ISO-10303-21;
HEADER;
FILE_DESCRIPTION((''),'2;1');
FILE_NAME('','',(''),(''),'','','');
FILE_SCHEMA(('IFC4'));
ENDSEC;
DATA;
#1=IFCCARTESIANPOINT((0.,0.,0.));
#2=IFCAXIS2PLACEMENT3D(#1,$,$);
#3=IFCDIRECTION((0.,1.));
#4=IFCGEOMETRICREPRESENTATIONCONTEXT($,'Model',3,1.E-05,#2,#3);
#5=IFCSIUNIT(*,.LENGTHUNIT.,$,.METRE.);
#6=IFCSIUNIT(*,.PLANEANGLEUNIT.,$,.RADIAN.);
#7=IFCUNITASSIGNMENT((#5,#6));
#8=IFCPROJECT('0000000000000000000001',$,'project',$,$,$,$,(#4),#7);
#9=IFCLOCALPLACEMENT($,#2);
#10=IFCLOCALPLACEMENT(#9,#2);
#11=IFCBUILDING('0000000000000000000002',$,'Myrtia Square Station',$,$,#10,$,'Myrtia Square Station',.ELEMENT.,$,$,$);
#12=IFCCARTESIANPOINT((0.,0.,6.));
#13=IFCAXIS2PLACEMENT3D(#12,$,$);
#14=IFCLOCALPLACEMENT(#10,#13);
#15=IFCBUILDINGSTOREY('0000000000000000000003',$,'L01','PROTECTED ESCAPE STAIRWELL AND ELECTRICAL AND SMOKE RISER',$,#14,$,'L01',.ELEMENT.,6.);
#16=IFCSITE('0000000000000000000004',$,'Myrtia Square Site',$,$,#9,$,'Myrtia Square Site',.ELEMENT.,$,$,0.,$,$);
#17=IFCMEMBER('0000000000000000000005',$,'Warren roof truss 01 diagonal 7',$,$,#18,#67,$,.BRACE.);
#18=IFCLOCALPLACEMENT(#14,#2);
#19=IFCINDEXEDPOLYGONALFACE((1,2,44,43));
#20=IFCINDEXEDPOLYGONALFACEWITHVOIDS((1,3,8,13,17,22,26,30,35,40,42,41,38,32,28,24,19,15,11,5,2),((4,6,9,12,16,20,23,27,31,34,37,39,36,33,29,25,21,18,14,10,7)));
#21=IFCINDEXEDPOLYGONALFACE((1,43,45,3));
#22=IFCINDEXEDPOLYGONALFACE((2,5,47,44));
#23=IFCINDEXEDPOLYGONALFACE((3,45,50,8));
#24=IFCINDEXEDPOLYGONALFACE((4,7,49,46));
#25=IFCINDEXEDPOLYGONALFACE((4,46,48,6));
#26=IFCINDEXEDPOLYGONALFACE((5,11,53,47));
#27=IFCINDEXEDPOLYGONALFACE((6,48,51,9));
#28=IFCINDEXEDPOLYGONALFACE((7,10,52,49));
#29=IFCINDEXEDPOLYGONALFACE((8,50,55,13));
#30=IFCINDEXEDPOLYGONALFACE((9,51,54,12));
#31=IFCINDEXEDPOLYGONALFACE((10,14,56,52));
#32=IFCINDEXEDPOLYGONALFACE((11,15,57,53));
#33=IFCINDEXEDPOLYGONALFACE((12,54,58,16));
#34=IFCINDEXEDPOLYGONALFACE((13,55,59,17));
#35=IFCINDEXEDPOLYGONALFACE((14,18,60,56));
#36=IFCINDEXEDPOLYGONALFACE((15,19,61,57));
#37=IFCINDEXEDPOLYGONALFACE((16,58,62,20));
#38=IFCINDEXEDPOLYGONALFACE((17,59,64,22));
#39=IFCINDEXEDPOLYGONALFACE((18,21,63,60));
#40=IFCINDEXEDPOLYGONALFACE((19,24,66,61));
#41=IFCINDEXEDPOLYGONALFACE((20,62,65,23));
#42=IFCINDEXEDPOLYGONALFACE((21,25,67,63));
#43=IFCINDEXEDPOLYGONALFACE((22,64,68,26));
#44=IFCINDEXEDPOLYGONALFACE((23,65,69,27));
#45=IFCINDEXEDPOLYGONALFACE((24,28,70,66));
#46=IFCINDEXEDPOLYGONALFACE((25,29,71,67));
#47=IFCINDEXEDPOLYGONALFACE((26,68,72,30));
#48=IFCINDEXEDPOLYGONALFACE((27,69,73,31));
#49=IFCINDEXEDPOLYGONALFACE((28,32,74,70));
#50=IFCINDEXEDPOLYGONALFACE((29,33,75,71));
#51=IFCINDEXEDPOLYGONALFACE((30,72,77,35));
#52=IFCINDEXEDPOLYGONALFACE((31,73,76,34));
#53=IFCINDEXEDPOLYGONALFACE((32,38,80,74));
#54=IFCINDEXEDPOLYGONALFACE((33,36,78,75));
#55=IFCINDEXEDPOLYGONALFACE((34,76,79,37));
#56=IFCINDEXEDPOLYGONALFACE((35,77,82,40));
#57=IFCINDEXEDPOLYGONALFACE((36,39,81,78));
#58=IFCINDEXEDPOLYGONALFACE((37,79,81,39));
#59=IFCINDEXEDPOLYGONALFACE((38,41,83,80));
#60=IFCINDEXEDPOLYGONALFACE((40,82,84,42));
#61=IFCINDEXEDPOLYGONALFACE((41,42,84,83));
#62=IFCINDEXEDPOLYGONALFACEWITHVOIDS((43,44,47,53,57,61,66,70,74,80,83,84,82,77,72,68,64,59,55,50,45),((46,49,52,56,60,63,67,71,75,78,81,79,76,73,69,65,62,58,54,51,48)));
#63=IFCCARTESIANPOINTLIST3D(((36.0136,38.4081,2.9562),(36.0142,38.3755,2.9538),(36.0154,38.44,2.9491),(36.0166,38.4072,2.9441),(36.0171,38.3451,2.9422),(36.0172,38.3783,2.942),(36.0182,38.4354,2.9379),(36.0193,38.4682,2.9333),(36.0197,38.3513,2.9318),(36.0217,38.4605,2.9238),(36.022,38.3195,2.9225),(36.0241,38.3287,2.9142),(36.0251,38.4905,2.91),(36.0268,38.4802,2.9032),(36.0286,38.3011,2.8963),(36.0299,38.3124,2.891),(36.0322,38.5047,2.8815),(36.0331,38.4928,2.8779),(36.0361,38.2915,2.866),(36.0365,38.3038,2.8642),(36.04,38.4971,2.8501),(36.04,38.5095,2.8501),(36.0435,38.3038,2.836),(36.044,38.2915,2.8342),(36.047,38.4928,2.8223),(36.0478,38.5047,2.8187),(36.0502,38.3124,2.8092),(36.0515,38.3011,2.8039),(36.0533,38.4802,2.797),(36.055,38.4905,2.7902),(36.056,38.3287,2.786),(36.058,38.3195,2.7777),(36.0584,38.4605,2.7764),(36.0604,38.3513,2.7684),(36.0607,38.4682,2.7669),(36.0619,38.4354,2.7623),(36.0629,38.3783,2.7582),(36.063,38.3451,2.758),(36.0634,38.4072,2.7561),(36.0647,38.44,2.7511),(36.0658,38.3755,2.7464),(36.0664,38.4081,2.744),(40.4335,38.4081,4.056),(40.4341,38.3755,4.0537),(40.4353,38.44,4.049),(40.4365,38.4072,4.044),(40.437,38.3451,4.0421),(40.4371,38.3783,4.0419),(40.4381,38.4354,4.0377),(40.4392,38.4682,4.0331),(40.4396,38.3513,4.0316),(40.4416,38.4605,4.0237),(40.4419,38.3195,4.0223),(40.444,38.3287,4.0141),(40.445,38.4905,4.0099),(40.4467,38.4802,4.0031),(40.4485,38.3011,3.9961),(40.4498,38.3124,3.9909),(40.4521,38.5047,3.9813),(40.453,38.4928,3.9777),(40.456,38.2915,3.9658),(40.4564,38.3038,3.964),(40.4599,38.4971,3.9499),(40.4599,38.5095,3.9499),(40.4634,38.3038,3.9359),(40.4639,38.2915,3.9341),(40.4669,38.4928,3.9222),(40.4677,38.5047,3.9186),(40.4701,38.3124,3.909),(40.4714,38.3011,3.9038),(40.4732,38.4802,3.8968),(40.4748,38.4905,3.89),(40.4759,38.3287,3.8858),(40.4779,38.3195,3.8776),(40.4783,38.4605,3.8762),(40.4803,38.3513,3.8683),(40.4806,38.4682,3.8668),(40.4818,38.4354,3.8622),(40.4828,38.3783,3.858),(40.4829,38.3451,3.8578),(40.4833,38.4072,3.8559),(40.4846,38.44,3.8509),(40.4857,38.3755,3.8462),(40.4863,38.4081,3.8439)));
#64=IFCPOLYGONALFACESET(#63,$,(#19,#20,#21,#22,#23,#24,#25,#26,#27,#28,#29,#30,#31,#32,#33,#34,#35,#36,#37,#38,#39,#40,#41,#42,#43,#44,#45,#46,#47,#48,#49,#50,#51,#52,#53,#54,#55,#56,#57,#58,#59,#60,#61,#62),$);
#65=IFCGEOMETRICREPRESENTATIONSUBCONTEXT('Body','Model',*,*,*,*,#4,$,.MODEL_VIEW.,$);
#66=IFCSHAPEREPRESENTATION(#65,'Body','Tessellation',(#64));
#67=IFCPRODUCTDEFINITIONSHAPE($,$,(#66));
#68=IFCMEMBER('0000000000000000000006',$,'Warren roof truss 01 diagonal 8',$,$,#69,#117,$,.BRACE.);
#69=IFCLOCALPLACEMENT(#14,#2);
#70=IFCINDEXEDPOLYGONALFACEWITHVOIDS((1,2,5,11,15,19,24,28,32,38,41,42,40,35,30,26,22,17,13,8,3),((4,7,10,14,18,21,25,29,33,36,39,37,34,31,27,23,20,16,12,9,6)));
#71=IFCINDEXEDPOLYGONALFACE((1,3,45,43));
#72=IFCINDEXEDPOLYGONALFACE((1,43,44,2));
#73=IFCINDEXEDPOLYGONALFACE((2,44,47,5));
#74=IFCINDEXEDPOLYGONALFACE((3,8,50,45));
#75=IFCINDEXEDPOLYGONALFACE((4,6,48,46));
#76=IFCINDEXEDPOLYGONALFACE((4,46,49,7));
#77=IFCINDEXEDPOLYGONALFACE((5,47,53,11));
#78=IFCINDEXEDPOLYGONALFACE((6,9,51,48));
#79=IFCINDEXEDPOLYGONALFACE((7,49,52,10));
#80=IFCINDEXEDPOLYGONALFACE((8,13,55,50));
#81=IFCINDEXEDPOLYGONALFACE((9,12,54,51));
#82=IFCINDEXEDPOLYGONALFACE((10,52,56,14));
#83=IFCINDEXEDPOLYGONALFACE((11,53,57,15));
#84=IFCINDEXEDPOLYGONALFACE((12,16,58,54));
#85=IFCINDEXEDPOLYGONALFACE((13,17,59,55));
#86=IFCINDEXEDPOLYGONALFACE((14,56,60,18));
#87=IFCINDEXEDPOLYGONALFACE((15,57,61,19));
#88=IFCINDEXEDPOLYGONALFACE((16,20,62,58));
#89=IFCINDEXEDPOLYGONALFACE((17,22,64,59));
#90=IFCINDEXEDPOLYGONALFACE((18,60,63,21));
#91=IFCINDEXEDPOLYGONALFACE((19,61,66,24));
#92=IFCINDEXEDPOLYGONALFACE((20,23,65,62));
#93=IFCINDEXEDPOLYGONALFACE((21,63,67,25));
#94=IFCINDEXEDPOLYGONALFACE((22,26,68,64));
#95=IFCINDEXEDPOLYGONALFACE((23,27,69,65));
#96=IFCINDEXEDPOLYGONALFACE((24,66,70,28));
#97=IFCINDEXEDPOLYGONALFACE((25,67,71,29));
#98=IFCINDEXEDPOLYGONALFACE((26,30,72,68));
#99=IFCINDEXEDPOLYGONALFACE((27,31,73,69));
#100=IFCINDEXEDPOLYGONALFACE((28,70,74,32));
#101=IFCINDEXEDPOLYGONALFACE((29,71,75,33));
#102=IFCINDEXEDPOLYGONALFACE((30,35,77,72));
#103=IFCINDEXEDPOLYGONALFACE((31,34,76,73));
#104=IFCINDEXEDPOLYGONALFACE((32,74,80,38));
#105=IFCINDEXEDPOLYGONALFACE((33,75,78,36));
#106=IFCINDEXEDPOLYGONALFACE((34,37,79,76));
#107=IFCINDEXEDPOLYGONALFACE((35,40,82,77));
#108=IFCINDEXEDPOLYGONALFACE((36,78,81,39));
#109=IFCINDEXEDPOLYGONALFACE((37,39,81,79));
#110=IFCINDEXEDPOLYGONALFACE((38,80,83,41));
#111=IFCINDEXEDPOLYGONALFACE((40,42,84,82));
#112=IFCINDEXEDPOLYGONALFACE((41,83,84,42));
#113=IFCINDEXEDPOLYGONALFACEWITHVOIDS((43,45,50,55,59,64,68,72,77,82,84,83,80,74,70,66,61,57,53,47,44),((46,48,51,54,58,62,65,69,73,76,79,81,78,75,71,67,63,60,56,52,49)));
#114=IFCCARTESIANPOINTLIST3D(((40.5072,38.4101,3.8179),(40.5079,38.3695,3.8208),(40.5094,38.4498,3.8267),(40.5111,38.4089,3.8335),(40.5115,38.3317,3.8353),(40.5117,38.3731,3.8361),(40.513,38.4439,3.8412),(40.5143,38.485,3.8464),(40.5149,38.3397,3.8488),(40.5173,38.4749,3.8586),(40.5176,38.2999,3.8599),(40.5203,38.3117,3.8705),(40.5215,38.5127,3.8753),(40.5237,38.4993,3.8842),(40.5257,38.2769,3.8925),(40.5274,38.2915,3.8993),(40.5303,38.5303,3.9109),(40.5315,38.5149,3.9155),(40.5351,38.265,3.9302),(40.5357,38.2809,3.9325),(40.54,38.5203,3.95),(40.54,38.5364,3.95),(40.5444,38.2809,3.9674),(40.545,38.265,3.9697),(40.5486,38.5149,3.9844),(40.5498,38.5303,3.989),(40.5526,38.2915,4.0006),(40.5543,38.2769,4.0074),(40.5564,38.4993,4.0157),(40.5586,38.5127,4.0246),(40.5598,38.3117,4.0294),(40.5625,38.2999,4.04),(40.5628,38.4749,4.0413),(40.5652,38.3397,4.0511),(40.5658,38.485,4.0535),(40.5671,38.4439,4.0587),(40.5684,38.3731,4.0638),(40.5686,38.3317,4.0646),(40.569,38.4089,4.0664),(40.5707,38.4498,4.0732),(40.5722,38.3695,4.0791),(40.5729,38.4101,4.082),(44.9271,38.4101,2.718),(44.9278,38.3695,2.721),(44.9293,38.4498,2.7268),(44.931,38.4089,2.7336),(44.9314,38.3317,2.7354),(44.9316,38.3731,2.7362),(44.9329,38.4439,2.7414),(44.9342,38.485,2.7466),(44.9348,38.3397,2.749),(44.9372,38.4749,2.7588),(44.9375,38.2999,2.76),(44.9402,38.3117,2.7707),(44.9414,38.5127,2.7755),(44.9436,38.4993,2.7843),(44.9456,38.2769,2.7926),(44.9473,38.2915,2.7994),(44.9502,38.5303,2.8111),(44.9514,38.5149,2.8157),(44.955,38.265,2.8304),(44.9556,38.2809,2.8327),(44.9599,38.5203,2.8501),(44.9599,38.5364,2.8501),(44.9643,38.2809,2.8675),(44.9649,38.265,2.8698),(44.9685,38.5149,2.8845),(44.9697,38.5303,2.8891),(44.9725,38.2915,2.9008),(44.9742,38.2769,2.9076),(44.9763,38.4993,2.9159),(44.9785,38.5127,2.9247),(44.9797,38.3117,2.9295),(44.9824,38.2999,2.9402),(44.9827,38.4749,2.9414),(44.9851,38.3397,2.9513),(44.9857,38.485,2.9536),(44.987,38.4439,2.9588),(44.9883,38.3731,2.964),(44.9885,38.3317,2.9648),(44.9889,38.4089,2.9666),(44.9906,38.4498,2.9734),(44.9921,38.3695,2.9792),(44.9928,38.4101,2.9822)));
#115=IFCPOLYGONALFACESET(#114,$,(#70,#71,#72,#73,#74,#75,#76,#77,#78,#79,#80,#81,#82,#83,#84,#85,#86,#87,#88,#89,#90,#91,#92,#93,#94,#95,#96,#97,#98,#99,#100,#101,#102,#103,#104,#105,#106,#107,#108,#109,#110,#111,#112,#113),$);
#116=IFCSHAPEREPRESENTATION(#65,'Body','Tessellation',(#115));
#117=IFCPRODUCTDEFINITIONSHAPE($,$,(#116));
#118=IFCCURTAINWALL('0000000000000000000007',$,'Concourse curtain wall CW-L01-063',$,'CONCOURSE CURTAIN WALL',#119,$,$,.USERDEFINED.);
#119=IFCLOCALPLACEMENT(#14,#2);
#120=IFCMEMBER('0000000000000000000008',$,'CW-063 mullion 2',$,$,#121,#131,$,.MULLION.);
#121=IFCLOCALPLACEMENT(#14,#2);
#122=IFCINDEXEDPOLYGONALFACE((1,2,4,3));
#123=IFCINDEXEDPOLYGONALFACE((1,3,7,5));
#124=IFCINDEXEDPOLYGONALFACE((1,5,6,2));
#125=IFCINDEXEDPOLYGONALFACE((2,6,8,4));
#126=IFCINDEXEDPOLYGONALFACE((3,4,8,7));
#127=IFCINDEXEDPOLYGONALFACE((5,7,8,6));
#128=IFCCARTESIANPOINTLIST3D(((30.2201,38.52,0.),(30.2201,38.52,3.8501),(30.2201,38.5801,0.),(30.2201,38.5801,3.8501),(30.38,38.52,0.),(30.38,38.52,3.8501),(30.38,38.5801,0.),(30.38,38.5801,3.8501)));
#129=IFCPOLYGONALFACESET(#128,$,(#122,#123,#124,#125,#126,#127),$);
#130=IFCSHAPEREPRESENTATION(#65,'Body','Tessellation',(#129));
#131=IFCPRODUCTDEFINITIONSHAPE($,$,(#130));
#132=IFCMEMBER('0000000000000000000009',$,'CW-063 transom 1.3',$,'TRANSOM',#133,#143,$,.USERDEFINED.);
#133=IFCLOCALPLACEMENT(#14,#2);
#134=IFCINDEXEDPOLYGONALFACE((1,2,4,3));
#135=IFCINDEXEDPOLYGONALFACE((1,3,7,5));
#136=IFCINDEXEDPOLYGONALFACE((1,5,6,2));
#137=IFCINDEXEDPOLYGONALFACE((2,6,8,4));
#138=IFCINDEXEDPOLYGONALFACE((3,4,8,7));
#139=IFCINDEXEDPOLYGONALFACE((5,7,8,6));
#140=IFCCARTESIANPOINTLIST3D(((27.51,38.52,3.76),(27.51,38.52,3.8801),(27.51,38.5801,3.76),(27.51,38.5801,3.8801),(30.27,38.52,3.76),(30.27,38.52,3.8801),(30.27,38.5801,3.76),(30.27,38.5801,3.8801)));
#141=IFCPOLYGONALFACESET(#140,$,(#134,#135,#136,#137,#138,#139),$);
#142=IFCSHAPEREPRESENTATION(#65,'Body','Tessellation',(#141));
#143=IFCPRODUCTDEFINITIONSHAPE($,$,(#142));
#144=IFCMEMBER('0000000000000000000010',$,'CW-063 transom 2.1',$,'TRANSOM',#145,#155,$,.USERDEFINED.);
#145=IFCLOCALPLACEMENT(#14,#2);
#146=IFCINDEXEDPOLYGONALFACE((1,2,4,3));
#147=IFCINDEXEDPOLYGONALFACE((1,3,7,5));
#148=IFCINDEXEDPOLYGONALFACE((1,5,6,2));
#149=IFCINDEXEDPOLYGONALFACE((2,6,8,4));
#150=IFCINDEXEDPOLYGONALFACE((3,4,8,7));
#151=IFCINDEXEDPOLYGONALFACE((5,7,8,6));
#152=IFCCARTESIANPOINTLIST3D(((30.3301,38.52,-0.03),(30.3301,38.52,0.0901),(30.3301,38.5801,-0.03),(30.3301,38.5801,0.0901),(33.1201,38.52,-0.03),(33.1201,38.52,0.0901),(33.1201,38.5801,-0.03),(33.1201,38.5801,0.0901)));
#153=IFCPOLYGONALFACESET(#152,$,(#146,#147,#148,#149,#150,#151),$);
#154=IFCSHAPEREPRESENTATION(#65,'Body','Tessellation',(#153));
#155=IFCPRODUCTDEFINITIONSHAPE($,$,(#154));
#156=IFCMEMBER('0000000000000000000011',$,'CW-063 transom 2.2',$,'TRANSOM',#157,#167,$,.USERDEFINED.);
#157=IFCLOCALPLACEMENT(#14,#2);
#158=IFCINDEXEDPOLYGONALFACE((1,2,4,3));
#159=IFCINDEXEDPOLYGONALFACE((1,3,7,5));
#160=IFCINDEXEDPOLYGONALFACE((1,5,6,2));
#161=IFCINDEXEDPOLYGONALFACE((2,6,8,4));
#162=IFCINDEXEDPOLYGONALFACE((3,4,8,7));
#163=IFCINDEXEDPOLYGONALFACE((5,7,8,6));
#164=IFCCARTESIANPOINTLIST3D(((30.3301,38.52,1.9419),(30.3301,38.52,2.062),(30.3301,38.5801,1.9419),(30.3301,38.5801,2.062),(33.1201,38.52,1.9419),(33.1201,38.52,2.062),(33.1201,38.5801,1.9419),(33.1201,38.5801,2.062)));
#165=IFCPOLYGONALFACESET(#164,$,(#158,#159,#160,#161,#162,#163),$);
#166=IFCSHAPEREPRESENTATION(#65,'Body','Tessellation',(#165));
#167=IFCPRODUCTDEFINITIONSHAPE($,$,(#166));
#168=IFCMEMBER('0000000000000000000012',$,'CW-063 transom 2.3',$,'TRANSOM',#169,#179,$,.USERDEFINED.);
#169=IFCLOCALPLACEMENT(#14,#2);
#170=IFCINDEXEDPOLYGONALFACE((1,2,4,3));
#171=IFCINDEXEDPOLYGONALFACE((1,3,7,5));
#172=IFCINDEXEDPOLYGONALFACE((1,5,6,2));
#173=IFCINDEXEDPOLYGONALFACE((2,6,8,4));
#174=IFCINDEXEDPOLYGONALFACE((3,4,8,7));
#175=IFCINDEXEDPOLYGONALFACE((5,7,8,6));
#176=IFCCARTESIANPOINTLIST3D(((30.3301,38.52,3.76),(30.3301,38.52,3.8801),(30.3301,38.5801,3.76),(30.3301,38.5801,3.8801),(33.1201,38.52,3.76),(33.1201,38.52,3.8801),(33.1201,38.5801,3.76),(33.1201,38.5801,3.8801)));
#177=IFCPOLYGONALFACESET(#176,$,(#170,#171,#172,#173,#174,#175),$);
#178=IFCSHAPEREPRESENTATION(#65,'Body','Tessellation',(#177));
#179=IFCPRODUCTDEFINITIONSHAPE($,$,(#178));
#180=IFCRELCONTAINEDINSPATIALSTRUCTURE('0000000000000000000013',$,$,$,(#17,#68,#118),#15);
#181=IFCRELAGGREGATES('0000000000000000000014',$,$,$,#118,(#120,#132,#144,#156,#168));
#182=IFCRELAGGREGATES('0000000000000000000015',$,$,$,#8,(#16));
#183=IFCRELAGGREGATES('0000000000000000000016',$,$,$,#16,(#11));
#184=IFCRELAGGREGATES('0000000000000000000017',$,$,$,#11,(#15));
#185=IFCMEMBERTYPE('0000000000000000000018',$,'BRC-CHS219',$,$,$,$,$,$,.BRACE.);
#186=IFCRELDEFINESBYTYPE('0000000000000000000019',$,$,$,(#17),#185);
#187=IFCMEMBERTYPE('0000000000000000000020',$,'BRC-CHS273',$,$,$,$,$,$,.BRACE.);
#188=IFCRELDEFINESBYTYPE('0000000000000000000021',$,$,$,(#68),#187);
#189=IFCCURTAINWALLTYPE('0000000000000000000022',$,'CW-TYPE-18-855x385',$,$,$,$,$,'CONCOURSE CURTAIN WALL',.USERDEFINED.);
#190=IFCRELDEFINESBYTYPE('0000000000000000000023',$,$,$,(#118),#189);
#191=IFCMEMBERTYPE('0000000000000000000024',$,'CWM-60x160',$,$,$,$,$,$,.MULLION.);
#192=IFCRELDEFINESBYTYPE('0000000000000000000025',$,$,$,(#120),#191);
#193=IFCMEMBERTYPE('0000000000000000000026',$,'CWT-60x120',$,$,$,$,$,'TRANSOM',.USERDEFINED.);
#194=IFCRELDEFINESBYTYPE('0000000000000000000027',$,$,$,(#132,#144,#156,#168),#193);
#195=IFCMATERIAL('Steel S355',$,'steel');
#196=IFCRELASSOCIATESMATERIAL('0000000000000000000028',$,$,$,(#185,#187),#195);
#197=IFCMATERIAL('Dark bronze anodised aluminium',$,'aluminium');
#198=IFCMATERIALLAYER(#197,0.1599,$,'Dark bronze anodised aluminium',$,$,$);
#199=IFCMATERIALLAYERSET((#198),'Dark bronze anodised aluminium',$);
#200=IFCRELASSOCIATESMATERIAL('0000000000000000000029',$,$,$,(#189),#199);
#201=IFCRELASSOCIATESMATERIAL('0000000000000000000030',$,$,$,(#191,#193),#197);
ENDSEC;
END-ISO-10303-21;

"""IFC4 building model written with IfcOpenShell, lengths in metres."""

from ifc_helpers import new_model, si_unit, direction, frame, origin, origin_2d, place, context, subcontext, project, spatial, rectangle, hollow_circle, extrude, material, layer, layer_set, material_profile, profile_set, type_object, element, aggregate, save


model = new_model("IFC4")

# Units and contexts
model_context = context("Model", 3, precision=1e-05, world=origin(), true_north=direction((0.0, 1.0)))
body_context = subcontext(model_context, "Body", "Model", "MODEL_VIEW")
ifc_project = project(units=[si_unit("LENGTHUNIT", "METRE"), si_unit("PLANEANGLEUNIT", "RADIAN")], contexts=[model_context])

# Site, building, storey
site_placement = place(None, origin())
site = spatial("IfcSite", under=ifc_project, at=site_placement, Name="Myrtia Square Site", LongName="Myrtia Square Site", CompositionType="ELEMENT", RefElevation=0.0)
building_placement = place(site_placement, origin())
building = spatial("IfcBuilding", under=site, at=building_placement, Name="Myrtia Square Station", LongName="Myrtia Square Station", CompositionType="ELEMENT")
storey_placement = place(building_placement, frame((0.0, 0.0, 6.0)))
storey = spatial("IfcBuildingStorey", under=building, at=storey_placement, Name="L01", Description="PROTECTED ESCAPE STAIRWELL AND ELECTRICAL AND SMOKE RISER", LongName="L01", CompositionType="ELEMENT", Elevation=6.0)

# Shared definitions
ifc_material_1 = material(Name="Steel S355", Category="steel")

# Members
ifc_material_profile_1 = material_profile(ifc_material_1, hollow_circle(Radius=0.1096, WallThickness=0.0125, at=origin_2d()), Name="CHS 219.1x12.5")
ifc_profile_set_1 = profile_set([ifc_material_profile_1], Name="Steel S355")
member_type_1 = type_object("IfcMemberType", Name="BRC-CHS219", PredefinedType="BRACE", material=ifc_profile_set_1)
for number, where, z_axis, x_axis, name in (
    (1, (36.04, 38.3999, 2.8501), (0.970407, 0.0, 0.241476), (0.0, 1.0, 0.0), "Warren roof truss 01 diagonal 7"),
):
    element("IfcMember", number, at=place(storey_placement, frame(where, z_axis=z_axis, x_axis=x_axis)), inside=storey, type_object=member_type_1, Name=name, PredefinedType="BRACE", context=body_context, shape_type="SweptSolid", body=[
        extrude(hollow_circle(Radius=0.1096, WallThickness=0.0125, at=origin_2d()), origin(), (0.0, 0.0, 1.0), 4.5547),
    ])
ifc_material_profile_2 = material_profile(ifc_material_1, hollow_circle(Radius=0.1365, WallThickness=0.0161, at=origin_2d()), Name="CHS 273x16")
ifc_profile_set_2 = profile_set([ifc_material_profile_2], Name="Steel S355")
member_type_2 = type_object("IfcMemberType", Name="BRC-CHS273", PredefinedType="BRACE", material=ifc_profile_set_2)
member_1_placement = place(storey_placement, frame((40.54, 38.3999, 3.95), z_axis=(0.970407, 0.0, -0.241476), x_axis=(0.0, 1.0, 0.0)))
element("IfcMember", 2, at=member_1_placement, inside=storey, type_object=member_type_2, Name="Warren roof truss 01 diagonal 8", PredefinedType="BRACE", context=body_context, shape_type="SweptSolid", body=[
    extrude(hollow_circle(Radius=0.1365, WallThickness=0.0161, at=origin_2d()), origin(), (0.0, 0.0, 1.0), 4.5547),
])

# Curtain wall, members
ifc_material_2 = material(Name="Dark bronze anodised aluminium", Category="aluminium")
ifc_layer_1 = layer(ifc_material_2, 0.1599, Name="Dark bronze anodised aluminium")
ifc_layer_set_1 = layer_set([ifc_layer_1], Name="Dark bronze anodised aluminium")
curtain_wall_type = type_object("IfcCurtainWallType", Name="CW-TYPE-18-855x385", ElementType="CONCOURSE CURTAIN WALL", PredefinedType="USERDEFINED", material=ifc_layer_set_1)
curtain_wall_placement = place(storey_placement, origin())
curtain_wall = element("IfcCurtainWall", 3, at=curtain_wall_placement, inside=storey, type_object=curtain_wall_type, Name="Concourse curtain wall CW-L01-063", ObjectType="CONCOURSE CURTAIN WALL", PredefinedType="USERDEFINED")
ifc_material_profile_3 = material_profile(ifc_material_2, rectangle(XDim=0.0601, YDim=0.1599, at=origin_2d()), Name="ALU-M 60x160")
ifc_profile_set_3 = profile_set([ifc_material_profile_3], Name="Dark bronze anodised aluminium")
member_type_3 = type_object("IfcMemberType", Name="CWM-60x160", PredefinedType="MULLION", material=ifc_profile_set_3)
member_2_placement = place(storey_placement, frame((30.3, 38.55, 0.0), z_axis=(0.0, 0.0, 1.0), x_axis=(0.0, 1.0, 0.0)))
member_2 = element("IfcMember", 4, at=member_2_placement, type_object=member_type_3, Name="CW-063 mullion 2", PredefinedType="MULLION", context=body_context, shape_type="SweptSolid", body=[
    extrude(rectangle(XDim=0.0601, YDim=0.1599, at=origin_2d()), origin(), (0.0, 0.0, 1.0), 3.8501),
])
ifc_material_profile_4 = material_profile(ifc_material_2, rectangle(XDim=0.0601, YDim=0.1201, at=origin_2d()), Name="ALU-T 60x120")
ifc_profile_set_4 = profile_set([ifc_material_profile_4], Name="Dark bronze anodised aluminium")
member_type_4 = type_object("IfcMemberType", Name="CWT-60x120", ElementType="TRANSOM", PredefinedType="USERDEFINED", material=ifc_profile_set_4)
member_3_placement = place(storey_placement, frame((27.51, 38.55, 3.8201), z_axis=(1.0, 0.0, 0.0), x_axis=(0.0, 1.0, 0.0)))
member_3 = element("IfcMember", 5, at=member_3_placement, type_object=member_type_4, Name="CW-063 transom 1.3", ObjectType="TRANSOM", PredefinedType="USERDEFINED", context=body_context, shape_type="SweptSolid", body=[
    extrude(rectangle(XDim=0.0601, YDim=0.1201, at=origin_2d()), origin(), (0.0, 0.0, 1.0), 2.76),
])
member_4_placement = place(storey_placement, frame((30.3301, 38.55, 0.03), z_axis=(1.0, 0.0, 0.0), x_axis=(0.0, 1.0, 0.0)))
member_4 = element("IfcMember", 6, at=member_4_placement, type_object=member_type_4, Name="CW-063 transom 2.1", ObjectType="TRANSOM", PredefinedType="USERDEFINED", context=body_context, shape_type="SweptSolid", body=[
    extrude(rectangle(XDim=0.0601, YDim=0.1201, at=origin_2d()), origin(), (0.0, 0.0, 1.0), 2.79),
])
member_5_placement = place(storey_placement, frame((30.3301, 38.55, 2.002), z_axis=(1.0, 0.0, 0.0), x_axis=(0.0, 1.0, 0.0)))
member_5 = element("IfcMember", 7, at=member_5_placement, type_object=member_type_4, Name="CW-063 transom 2.2", ObjectType="TRANSOM", PredefinedType="USERDEFINED", context=body_context, shape_type="SweptSolid", body=[
    extrude(rectangle(XDim=0.0601, YDim=0.1201, at=origin_2d()), origin(), (0.0, 0.0, 1.0), 2.79),
])
member_6_placement = place(storey_placement, frame((30.3301, 38.55, 3.8201), z_axis=(1.0, 0.0, 0.0), x_axis=(0.0, 1.0, 0.0)))
member_6 = element("IfcMember", 8, at=member_6_placement, type_object=member_type_4, Name="CW-063 transom 2.3", ObjectType="TRANSOM", PredefinedType="USERDEFINED", context=body_context, shape_type="SweptSolid", body=[
    extrude(rectangle(XDim=0.0601, YDim=0.1201, at=origin_2d()), origin(), (0.0, 0.0, 1.0), 2.79),
])

aggregate(curtain_wall, [member_2, member_3, member_4, member_5, member_6])

save(model, "model.ifc")
